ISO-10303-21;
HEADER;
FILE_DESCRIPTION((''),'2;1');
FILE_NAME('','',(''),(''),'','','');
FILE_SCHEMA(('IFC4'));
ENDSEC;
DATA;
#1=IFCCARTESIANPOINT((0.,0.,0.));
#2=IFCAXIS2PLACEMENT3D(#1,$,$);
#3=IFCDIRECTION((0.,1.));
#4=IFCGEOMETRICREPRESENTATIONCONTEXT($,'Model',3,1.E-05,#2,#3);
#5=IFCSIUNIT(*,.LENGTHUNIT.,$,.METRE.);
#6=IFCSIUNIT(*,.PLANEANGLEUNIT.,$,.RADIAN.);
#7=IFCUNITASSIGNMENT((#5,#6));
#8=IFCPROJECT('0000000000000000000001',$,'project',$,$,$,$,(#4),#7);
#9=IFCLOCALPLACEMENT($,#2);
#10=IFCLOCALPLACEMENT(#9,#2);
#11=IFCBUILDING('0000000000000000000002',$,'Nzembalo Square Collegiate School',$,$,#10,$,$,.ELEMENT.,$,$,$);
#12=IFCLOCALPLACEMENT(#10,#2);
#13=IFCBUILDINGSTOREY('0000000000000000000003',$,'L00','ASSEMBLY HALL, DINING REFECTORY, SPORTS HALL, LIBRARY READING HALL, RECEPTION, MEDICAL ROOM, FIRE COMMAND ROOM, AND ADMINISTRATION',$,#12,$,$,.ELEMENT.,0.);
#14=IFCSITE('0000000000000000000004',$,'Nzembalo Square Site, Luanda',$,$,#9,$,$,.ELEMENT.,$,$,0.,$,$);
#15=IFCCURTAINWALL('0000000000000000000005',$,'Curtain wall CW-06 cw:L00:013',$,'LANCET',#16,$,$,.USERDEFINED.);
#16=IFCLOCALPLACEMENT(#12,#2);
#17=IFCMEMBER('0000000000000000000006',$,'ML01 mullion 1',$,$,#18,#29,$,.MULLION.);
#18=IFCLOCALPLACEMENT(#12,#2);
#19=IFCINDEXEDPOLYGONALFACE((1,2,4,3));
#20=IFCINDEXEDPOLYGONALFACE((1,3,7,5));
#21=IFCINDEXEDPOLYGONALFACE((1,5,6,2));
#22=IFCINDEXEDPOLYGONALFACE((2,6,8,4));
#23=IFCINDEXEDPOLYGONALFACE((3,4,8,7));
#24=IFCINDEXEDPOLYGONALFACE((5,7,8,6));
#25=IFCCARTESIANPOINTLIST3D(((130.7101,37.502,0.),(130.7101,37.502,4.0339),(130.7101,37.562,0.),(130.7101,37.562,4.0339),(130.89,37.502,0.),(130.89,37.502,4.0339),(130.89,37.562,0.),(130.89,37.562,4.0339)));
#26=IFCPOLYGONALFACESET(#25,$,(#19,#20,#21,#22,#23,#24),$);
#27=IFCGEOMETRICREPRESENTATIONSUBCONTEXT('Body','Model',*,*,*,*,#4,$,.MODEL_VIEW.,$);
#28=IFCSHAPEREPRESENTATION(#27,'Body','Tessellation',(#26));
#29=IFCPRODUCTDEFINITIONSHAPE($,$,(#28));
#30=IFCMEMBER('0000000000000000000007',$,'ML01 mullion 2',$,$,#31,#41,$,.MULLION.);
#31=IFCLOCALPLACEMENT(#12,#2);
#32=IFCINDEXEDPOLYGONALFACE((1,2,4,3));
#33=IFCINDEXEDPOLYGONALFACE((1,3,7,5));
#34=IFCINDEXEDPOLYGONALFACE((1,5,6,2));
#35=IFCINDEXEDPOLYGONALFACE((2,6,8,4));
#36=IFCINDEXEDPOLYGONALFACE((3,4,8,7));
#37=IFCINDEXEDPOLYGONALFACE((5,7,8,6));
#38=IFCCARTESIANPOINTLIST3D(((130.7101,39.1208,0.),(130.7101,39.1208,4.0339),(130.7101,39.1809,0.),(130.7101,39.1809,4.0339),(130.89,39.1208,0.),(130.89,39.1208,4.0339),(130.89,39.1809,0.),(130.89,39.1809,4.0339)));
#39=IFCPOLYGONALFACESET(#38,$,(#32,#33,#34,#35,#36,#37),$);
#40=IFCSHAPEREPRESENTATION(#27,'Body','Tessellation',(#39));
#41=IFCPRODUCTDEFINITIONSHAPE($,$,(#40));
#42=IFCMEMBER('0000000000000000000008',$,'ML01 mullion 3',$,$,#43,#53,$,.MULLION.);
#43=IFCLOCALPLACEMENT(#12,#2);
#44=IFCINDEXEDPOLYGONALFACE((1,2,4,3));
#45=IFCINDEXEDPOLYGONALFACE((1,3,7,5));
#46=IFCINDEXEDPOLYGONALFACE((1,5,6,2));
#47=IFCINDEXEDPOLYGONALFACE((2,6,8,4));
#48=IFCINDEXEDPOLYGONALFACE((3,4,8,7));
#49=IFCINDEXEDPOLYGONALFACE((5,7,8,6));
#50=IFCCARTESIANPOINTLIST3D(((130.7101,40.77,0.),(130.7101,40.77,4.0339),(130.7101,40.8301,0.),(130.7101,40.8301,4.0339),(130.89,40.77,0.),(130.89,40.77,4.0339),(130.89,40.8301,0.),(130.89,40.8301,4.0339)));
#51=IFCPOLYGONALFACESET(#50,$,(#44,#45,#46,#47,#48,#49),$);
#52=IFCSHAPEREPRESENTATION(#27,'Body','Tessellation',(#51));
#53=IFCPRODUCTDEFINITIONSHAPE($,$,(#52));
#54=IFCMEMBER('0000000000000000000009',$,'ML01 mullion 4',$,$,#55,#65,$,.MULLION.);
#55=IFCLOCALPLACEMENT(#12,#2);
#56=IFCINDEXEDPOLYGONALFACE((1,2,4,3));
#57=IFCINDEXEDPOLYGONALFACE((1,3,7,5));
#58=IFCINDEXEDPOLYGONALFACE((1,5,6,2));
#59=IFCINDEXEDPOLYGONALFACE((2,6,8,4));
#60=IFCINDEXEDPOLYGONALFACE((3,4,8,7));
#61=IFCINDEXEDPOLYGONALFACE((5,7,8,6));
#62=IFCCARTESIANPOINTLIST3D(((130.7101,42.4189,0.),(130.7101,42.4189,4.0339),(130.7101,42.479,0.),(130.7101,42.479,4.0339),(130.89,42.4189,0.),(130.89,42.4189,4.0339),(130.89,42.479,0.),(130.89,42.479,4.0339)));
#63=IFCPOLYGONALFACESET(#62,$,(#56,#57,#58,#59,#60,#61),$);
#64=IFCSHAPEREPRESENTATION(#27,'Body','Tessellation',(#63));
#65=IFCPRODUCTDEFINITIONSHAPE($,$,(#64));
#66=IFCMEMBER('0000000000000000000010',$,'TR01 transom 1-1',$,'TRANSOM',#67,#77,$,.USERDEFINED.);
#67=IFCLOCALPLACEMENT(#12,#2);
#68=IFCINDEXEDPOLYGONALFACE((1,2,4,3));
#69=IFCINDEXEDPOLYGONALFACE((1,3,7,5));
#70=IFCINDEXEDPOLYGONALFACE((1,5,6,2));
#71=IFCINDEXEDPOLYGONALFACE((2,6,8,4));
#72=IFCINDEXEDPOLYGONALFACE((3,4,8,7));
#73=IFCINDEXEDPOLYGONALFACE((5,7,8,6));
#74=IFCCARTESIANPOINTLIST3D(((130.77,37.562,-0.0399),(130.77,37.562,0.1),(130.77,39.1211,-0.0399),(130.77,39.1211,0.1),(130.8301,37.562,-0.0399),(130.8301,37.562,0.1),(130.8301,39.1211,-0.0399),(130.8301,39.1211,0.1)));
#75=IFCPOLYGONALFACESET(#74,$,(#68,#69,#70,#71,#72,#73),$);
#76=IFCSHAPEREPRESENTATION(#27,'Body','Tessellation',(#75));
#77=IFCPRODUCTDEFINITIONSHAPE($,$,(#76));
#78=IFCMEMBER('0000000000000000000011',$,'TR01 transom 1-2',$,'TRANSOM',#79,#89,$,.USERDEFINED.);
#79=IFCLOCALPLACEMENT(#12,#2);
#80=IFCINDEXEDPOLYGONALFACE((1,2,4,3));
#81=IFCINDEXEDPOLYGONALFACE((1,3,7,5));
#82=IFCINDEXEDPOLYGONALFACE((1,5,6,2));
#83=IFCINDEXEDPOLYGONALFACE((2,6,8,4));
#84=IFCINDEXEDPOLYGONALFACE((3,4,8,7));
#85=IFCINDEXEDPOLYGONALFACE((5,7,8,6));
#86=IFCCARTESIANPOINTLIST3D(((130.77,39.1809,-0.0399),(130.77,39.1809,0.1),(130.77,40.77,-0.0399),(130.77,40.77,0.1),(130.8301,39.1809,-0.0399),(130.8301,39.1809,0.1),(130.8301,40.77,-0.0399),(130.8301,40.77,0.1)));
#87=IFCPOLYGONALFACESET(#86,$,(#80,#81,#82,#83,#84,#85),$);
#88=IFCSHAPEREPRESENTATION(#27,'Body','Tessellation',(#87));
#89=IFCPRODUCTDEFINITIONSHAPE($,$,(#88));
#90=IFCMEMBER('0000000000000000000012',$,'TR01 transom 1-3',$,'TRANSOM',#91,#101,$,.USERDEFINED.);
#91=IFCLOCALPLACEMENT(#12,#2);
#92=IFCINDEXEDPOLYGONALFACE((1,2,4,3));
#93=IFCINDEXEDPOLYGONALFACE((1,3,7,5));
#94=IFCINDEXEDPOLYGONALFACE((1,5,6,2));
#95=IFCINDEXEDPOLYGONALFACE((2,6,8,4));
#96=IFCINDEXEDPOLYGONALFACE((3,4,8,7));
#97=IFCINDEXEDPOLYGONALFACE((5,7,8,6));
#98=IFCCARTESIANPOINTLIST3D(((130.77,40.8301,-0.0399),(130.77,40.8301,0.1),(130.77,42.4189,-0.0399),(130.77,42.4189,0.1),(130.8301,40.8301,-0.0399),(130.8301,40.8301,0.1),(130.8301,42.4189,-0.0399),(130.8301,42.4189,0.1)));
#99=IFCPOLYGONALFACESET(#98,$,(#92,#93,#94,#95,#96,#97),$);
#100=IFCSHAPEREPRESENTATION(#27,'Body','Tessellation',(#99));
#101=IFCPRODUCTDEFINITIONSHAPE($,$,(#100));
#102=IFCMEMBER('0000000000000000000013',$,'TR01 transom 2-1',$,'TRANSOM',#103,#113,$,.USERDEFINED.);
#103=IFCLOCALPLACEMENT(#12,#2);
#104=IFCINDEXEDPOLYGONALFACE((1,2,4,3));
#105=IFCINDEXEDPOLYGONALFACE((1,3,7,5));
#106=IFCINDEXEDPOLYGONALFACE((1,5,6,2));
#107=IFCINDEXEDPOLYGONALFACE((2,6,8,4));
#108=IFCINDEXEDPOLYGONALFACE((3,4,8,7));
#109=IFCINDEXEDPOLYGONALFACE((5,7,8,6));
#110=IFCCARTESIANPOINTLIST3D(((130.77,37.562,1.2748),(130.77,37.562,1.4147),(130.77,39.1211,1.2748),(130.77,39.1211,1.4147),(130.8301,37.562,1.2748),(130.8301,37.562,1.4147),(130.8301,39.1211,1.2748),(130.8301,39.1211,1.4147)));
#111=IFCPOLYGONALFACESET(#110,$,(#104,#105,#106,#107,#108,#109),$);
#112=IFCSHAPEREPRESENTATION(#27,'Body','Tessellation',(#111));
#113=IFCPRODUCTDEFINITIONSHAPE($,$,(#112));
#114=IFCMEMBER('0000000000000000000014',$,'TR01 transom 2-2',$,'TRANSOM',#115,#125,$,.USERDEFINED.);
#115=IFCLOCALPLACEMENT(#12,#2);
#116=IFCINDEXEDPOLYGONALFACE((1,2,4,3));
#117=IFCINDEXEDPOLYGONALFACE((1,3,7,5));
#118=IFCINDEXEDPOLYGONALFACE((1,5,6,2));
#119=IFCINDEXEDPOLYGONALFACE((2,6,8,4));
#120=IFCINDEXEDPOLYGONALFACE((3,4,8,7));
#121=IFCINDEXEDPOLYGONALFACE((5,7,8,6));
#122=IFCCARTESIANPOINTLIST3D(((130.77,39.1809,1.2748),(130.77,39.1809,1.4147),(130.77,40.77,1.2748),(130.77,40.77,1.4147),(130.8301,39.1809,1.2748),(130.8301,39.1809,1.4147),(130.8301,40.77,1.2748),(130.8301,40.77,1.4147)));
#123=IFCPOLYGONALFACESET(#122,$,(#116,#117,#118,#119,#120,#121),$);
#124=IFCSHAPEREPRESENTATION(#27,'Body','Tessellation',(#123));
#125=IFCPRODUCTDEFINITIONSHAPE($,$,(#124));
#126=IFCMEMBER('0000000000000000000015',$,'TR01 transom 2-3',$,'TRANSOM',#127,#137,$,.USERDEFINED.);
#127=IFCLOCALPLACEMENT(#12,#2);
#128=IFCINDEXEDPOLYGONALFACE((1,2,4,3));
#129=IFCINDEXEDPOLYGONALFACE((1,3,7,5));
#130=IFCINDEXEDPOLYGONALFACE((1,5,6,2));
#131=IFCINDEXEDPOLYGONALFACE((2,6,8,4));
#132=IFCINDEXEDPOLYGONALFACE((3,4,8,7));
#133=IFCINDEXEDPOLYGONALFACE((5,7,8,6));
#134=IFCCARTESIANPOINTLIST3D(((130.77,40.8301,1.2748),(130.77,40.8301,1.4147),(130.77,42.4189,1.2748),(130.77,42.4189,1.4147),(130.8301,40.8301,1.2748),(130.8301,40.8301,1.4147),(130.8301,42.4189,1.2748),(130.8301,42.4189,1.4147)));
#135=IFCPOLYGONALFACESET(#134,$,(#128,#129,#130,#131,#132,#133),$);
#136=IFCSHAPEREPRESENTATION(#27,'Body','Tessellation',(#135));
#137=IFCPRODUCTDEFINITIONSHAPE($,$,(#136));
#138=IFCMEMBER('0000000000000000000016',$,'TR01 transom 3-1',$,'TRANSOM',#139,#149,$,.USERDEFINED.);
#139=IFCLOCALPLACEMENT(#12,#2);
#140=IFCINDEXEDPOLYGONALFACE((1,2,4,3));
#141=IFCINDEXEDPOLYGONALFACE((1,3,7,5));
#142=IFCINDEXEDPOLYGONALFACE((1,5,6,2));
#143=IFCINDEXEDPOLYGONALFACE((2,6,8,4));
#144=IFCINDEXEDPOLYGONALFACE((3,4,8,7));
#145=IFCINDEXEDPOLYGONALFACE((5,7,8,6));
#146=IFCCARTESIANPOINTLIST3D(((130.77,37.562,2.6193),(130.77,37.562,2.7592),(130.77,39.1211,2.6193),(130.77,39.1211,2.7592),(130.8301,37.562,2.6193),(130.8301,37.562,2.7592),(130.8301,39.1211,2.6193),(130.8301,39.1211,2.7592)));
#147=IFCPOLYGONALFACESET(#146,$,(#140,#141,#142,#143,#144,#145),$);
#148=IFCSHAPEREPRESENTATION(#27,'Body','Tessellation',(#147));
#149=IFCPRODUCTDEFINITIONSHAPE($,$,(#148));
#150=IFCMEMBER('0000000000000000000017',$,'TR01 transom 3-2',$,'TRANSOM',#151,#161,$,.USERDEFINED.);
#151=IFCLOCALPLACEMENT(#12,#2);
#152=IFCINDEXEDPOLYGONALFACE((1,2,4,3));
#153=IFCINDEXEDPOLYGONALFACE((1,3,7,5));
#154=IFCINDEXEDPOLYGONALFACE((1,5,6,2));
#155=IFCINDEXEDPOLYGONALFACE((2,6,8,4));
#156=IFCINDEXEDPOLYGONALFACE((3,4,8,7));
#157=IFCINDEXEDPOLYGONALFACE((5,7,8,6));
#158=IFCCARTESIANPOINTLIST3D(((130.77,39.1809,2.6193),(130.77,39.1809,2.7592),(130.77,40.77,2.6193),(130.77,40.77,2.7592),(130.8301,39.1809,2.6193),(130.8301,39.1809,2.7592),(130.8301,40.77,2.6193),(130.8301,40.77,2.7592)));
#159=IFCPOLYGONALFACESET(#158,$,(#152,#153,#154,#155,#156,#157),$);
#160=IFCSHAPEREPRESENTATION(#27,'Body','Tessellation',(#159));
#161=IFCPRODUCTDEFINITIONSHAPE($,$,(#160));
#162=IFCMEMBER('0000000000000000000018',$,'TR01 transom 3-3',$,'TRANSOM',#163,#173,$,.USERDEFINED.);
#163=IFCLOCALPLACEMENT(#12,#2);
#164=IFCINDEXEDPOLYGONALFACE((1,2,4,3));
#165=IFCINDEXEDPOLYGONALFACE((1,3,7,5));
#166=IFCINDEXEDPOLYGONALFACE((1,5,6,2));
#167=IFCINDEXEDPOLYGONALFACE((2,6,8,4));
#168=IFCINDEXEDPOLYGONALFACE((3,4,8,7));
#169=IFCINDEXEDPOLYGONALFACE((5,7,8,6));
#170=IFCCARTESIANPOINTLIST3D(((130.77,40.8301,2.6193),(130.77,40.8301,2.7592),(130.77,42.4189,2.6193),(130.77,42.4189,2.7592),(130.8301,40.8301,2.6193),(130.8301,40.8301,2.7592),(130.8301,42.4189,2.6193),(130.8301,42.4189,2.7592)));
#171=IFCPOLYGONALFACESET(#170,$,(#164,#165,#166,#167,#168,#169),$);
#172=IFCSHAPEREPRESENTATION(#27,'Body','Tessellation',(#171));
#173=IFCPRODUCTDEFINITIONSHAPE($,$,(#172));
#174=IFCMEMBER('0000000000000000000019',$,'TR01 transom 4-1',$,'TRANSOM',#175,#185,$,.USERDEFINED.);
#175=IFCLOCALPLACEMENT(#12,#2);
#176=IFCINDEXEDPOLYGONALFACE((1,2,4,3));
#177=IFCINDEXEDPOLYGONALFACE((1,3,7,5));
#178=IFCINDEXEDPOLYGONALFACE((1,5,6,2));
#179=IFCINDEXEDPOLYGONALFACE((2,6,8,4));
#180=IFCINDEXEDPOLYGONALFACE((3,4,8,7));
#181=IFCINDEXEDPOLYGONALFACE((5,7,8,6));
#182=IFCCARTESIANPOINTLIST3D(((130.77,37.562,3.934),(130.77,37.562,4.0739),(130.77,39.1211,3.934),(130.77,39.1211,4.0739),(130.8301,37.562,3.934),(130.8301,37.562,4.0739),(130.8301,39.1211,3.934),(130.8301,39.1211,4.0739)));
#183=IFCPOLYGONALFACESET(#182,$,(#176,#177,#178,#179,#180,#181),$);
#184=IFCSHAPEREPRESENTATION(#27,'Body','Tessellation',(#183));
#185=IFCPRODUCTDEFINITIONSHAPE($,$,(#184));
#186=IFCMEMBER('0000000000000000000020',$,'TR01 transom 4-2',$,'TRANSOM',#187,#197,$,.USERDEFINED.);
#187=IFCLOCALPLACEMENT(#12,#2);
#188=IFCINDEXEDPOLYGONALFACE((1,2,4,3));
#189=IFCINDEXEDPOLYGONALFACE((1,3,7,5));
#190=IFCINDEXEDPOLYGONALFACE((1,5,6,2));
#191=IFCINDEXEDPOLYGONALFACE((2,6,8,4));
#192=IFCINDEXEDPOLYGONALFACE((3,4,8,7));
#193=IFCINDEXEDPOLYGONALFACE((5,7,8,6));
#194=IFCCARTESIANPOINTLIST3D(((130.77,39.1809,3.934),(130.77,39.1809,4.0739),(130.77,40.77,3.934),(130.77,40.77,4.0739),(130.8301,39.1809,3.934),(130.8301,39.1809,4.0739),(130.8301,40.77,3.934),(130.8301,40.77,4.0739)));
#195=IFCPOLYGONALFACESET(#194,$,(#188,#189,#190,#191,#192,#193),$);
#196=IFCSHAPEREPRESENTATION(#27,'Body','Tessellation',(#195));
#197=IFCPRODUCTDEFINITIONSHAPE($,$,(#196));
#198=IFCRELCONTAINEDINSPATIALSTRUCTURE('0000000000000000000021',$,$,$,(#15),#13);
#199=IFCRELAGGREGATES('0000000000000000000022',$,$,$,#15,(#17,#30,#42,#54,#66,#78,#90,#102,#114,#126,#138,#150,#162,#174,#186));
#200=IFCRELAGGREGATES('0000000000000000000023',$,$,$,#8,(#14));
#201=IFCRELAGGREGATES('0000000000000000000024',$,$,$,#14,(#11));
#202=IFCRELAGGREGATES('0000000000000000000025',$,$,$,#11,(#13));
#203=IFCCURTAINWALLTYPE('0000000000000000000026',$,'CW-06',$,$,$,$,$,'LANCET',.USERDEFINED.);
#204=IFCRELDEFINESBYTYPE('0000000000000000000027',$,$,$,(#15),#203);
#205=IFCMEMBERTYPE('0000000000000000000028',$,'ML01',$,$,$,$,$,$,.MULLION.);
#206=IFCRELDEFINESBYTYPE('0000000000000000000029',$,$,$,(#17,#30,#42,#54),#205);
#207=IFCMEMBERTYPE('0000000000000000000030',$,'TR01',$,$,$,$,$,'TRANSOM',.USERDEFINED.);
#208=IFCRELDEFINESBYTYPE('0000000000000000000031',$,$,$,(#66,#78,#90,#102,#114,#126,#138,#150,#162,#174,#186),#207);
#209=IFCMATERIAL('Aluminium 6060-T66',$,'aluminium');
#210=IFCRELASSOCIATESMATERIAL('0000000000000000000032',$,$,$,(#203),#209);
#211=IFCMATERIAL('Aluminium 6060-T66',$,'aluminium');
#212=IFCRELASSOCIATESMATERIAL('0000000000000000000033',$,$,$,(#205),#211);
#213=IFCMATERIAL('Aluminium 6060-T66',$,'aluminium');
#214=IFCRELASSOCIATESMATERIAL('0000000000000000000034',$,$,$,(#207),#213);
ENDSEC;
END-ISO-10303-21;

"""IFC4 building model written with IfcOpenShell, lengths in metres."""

from ifc_helpers import new_model, si_unit, direction, frame, origin, origin_2d, place, context, subcontext, project, spatial, rectangle, extrude, material, material_profile, profile_set, type_object, element, aggregate, save


model = new_model("IFC4")

# Units and contexts
model_context = context("Model", 3, precision=1e-05, world=origin(), true_north=direction((0.0, 1.0)))
body_context = subcontext(model_context, "Body", "Model", "MODEL_VIEW")
ifc_project = project(units=[si_unit("LENGTHUNIT", "METRE"), si_unit("PLANEANGLEUNIT", "RADIAN")], contexts=[model_context])

# Site, building, storey
site_placement = place(None, origin())
site = spatial("IfcSite", under=ifc_project, at=site_placement, Name="Nzembalo Square Site, Luanda", CompositionType="ELEMENT", RefElevation=0.0)
building_placement = place(site_placement, origin())
building = spatial("IfcBuilding", under=site, at=building_placement, Name="Nzembalo Square Collegiate School", CompositionType="ELEMENT")
storey_placement = place(building_placement, origin())
storey = spatial("IfcBuildingStorey", under=building, at=storey_placement, Name="L00", Description="ASSEMBLY HALL, DINING REFECTORY, SPORTS HALL, LIBRARY READING HALL, RECEPTION, MEDICAL ROOM, FIRE COMMAND ROOM, AND ADMINISTRATION", CompositionType="ELEMENT", Elevation=0.0)

# Curtain wall, members
ifc_material_1 = material(Name="Aluminium 6060-T66", Category="aluminium")
curtain_wall_type = type_object("IfcCurtainWallType", Name="CW-06", ElementType="LANCET", PredefinedType="USERDEFINED", material=ifc_material_1)
curtain_wall_placement = place(storey_placement, origin())
curtain_wall = element("IfcCurtainWall", 1, at=curtain_wall_placement, inside=storey, type_object=curtain_wall_type, Name="Curtain wall CW-06 cw:L00:013", ObjectType="LANCET", PredefinedType="USERDEFINED")
ifc_material_2 = material(Name="Aluminium 6060-T66", Category="aluminium")
ifc_material_profile_1 = material_profile(ifc_material_2, rectangle(XDim=0.0601, YDim=0.1799, at=origin_2d()), Name="ALU M60x180")
ifc_profile_set_1 = profile_set([ifc_material_profile_1], Name="Aluminium 6060-T66")
member_type_1 = type_object("IfcMemberType", Name="ML01", PredefinedType="MULLION", material=ifc_profile_set_1)
member_1_placement = place(storey_placement, frame((130.8, 37.532, 0.0), z_axis=(0.0, 0.0, 1.0), x_axis=(0.0, 1.0, 0.0)))
member_1 = element("IfcMember", 2, at=member_1_placement, type_object=member_type_1, Name="ML01 mullion 1", PredefinedType="MULLION", context=body_context, shape_type="SweptSolid", body=[
    extrude(rectangle(XDim=0.0601, YDim=0.1799, at=origin_2d()), origin(), (0.0, 0.0, 1.0), 4.0339),
])
member_2_placement = place(storey_placement, frame((130.8, 39.1509, 0.0), z_axis=(0.0, 0.0, 1.0), x_axis=(0.0, 1.0, 0.0)))
member_2 = element("IfcMember", 3, at=member_2_placement, type_object=member_type_1, Name="ML01 mullion 2", PredefinedType="MULLION", context=body_context, shape_type="SweptSolid", body=[
    extrude(rectangle(XDim=0.0601, YDim=0.1799, at=origin_2d()), origin(), (0.0, 0.0, 1.0), 4.0339),
])
member_3_placement = place(storey_placement, frame((130.8, 40.8, 0.0), z_axis=(0.0, 0.0, 1.0), x_axis=(0.0, 1.0, 0.0)))
member_3 = element("IfcMember", 4, at=member_3_placement, type_object=member_type_1, Name="ML01 mullion 3", PredefinedType="MULLION", context=body_context, shape_type="SweptSolid", body=[
    extrude(rectangle(XDim=0.0601, YDim=0.1799, at=origin_2d()), origin(), (0.0, 0.0, 1.0), 4.0339),
])
member_4_placement = place(storey_placement, frame((130.8, 42.449, 0.0), z_axis=(0.0, 0.0, 1.0), x_axis=(0.0, 1.0, 0.0)))
member_4 = element("IfcMember", 5, at=member_4_placement, type_object=member_type_1, Name="ML01 mullion 4", PredefinedType="MULLION", context=body_context, shape_type="SweptSolid", body=[
    extrude(rectangle(XDim=0.0601, YDim=0.1799, at=origin_2d()), origin(), (0.0, 0.0, 1.0), 4.0339),
])
ifc_material_3 = material(Name="Aluminium 6060-T66", Category="aluminium")
ifc_material_profile_2 = material_profile(ifc_material_3, rectangle(XDim=0.0601, YDim=0.1399, at=origin_2d()), Name="ALU T60x140")
ifc_profile_set_2 = profile_set([ifc_material_profile_2], Name="Aluminium 6060-T66")
member_type_2 = type_object("IfcMemberType", Name="TR01", ElementType="TRANSOM", PredefinedType="USERDEFINED", material=ifc_profile_set_2)
member_5_placement = place(storey_placement, frame((130.8, 37.562, 0.03), z_axis=(0.0, 1.0, 0.0), x_axis=(-1.0, 0.0, 0.0)))
member_5 = element("IfcMember", 6, at=member_5_placement, type_object=member_type_2, Name="TR01 transom 1-1", ObjectType="TRANSOM", PredefinedType="USERDEFINED", context=body_context, shape_type="SweptSolid", body=[
    extrude(rectangle(XDim=0.0601, YDim=0.1399, at=origin_2d()), origin(), (0.0, 0.0, 1.0), 1.5591),
])
member_6_placement = place(storey_placement, frame((130.8, 39.1809, 0.03), z_axis=(0.0, 1.0, 0.0), x_axis=(-1.0, 0.0, 0.0)))
member_6 = element("IfcMember", 7, at=member_6_placement, type_object=member_type_2, Name="TR01 transom 1-2", ObjectType="TRANSOM", PredefinedType="USERDEFINED", context=body_context, shape_type="SweptSolid", body=[
    extrude(rectangle(XDim=0.0601, YDim=0.1399, at=origin_2d()), origin(), (0.0, 0.0, 1.0), 1.5891),
])
member_7_placement = place(storey_placement, frame((130.8, 40.8301, 0.03), z_axis=(0.0, 1.0, 0.0), x_axis=(-1.0, 0.0, 0.0)))
member_7 = element("IfcMember", 8, at=member_7_placement, type_object=member_type_2, Name="TR01 transom 1-3", ObjectType="TRANSOM", PredefinedType="USERDEFINED", context=body_context, shape_type="SweptSolid", body=[
    extrude(rectangle(XDim=0.0601, YDim=0.1399, at=origin_2d()), origin(), (0.0, 0.0, 1.0), 1.5889),
])
member_8_placement = place(storey_placement, frame((130.8, 37.562, 1.3447), z_axis=(0.0, 1.0, 0.0), x_axis=(-1.0, 0.0, 0.0)))
member_8 = element("IfcMember", 9, at=member_8_placement, type_object=member_type_2, Name="TR01 transom 2-1", ObjectType="TRANSOM", PredefinedType="USERDEFINED", context=body_context, shape_type="SweptSolid", body=[
    extrude(rectangle(XDim=0.0601, YDim=0.1399, at=origin_2d()), origin(), (0.0, 0.0, 1.0), 1.5591),
])
member_9_placement = place(storey_placement, frame((130.8, 39.1809, 1.3447), z_axis=(0.0, 1.0, 0.0), x_axis=(-1.0, 0.0, 0.0)))
member_9 = element("IfcMember", 10, at=member_9_placement, type_object=member_type_2, Name="TR01 transom 2-2", ObjectType="TRANSOM", PredefinedType="USERDEFINED", context=body_context, shape_type="SweptSolid", body=[
    extrude(rectangle(XDim=0.0601, YDim=0.1399, at=origin_2d()), origin(), (0.0, 0.0, 1.0), 1.5891),
])
member_10_placement = place(storey_placement, frame((130.8, 40.8301, 1.3447), z_axis=(0.0, 1.0, 0.0), x_axis=(-1.0, 0.0, 0.0)))
member_10 = element("IfcMember", 11, at=member_10_placement, type_object=member_type_2, Name="TR01 transom 2-3", ObjectType="TRANSOM", PredefinedType="USERDEFINED", context=body_context, shape_type="SweptSolid", body=[
    extrude(rectangle(XDim=0.0601, YDim=0.1399, at=origin_2d()), origin(), (0.0, 0.0, 1.0), 1.5889),
])
member_11_placement = place(storey_placement, frame((130.8, 37.562, 2.6892), z_axis=(0.0, 1.0, 0.0), x_axis=(-1.0, 0.0, 0.0)))
member_11 = element("IfcMember", 12, at=member_11_placement, type_object=member_type_2, Name="TR01 transom 3-1", ObjectType="TRANSOM", PredefinedType="USERDEFINED", context=body_context, shape_type="SweptSolid", body=[
    extrude(rectangle(XDim=0.0601, YDim=0.1399, at=origin_2d()), origin(), (0.0, 0.0, 1.0), 1.5591),
])
member_12_placement = place(storey_placement, frame((130.8, 39.1809, 2.6892), z_axis=(0.0, 1.0, 0.0), x_axis=(-1.0, 0.0, 0.0)))
member_12 = element("IfcMember", 13, at=member_12_placement, type_object=member_type_2, Name="TR01 transom 3-2", ObjectType="TRANSOM", PredefinedType="USERDEFINED", context=body_context, shape_type="SweptSolid", body=[
    extrude(rectangle(XDim=0.0601, YDim=0.1399, at=origin_2d()), origin(), (0.0, 0.0, 1.0), 1.5891),
])
member_13_placement = place(storey_placement, frame((130.8, 40.8301, 2.6892), z_axis=(0.0, 1.0, 0.0), x_axis=(-1.0, 0.0, 0.0)))
member_13 = element("IfcMember", 14, at=member_13_placement, type_object=member_type_2, Name="TR01 transom 3-3", ObjectType="TRANSOM", PredefinedType="USERDEFINED", context=body_context, shape_type="SweptSolid", body=[
    extrude(rectangle(XDim=0.0601, YDim=0.1399, at=origin_2d()), origin(), (0.0, 0.0, 1.0), 1.5889),
])
member_14_placement = place(storey_placement, frame((130.8, 37.562, 4.0039), z_axis=(0.0, 1.0, 0.0), x_axis=(-1.0, 0.0, 0.0)))
member_14 = element("IfcMember", 15, at=member_14_placement, type_object=member_type_2, Name="TR01 transom 4-1", ObjectType="TRANSOM", PredefinedType="USERDEFINED", context=body_context, shape_type="SweptSolid", body=[
    extrude(rectangle(XDim=0.0601, YDim=0.1399, at=origin_2d()), origin(), (0.0, 0.0, 1.0), 1.5591),
])
member_15_placement = place(storey_placement, frame((130.8, 39.1809, 4.0039), z_axis=(0.0, 1.0, 0.0), x_axis=(-1.0, 0.0, 0.0)))
member_15 = element("IfcMember", 16, at=member_15_placement, type_object=member_type_2, Name="TR01 transom 4-2", ObjectType="TRANSOM", PredefinedType="USERDEFINED", context=body_context, shape_type="SweptSolid", body=[
    extrude(rectangle(XDim=0.0601, YDim=0.1399, at=origin_2d()), origin(), (0.0, 0.0, 1.0), 1.5891),
])
aggregate(curtain_wall, [member_1, member_2, member_3, member_4, member_5, member_6, member_7, member_8, member_9, member_10, member_11, member_12, member_13, member_14, member_15])

save(model, "model.ifc")
